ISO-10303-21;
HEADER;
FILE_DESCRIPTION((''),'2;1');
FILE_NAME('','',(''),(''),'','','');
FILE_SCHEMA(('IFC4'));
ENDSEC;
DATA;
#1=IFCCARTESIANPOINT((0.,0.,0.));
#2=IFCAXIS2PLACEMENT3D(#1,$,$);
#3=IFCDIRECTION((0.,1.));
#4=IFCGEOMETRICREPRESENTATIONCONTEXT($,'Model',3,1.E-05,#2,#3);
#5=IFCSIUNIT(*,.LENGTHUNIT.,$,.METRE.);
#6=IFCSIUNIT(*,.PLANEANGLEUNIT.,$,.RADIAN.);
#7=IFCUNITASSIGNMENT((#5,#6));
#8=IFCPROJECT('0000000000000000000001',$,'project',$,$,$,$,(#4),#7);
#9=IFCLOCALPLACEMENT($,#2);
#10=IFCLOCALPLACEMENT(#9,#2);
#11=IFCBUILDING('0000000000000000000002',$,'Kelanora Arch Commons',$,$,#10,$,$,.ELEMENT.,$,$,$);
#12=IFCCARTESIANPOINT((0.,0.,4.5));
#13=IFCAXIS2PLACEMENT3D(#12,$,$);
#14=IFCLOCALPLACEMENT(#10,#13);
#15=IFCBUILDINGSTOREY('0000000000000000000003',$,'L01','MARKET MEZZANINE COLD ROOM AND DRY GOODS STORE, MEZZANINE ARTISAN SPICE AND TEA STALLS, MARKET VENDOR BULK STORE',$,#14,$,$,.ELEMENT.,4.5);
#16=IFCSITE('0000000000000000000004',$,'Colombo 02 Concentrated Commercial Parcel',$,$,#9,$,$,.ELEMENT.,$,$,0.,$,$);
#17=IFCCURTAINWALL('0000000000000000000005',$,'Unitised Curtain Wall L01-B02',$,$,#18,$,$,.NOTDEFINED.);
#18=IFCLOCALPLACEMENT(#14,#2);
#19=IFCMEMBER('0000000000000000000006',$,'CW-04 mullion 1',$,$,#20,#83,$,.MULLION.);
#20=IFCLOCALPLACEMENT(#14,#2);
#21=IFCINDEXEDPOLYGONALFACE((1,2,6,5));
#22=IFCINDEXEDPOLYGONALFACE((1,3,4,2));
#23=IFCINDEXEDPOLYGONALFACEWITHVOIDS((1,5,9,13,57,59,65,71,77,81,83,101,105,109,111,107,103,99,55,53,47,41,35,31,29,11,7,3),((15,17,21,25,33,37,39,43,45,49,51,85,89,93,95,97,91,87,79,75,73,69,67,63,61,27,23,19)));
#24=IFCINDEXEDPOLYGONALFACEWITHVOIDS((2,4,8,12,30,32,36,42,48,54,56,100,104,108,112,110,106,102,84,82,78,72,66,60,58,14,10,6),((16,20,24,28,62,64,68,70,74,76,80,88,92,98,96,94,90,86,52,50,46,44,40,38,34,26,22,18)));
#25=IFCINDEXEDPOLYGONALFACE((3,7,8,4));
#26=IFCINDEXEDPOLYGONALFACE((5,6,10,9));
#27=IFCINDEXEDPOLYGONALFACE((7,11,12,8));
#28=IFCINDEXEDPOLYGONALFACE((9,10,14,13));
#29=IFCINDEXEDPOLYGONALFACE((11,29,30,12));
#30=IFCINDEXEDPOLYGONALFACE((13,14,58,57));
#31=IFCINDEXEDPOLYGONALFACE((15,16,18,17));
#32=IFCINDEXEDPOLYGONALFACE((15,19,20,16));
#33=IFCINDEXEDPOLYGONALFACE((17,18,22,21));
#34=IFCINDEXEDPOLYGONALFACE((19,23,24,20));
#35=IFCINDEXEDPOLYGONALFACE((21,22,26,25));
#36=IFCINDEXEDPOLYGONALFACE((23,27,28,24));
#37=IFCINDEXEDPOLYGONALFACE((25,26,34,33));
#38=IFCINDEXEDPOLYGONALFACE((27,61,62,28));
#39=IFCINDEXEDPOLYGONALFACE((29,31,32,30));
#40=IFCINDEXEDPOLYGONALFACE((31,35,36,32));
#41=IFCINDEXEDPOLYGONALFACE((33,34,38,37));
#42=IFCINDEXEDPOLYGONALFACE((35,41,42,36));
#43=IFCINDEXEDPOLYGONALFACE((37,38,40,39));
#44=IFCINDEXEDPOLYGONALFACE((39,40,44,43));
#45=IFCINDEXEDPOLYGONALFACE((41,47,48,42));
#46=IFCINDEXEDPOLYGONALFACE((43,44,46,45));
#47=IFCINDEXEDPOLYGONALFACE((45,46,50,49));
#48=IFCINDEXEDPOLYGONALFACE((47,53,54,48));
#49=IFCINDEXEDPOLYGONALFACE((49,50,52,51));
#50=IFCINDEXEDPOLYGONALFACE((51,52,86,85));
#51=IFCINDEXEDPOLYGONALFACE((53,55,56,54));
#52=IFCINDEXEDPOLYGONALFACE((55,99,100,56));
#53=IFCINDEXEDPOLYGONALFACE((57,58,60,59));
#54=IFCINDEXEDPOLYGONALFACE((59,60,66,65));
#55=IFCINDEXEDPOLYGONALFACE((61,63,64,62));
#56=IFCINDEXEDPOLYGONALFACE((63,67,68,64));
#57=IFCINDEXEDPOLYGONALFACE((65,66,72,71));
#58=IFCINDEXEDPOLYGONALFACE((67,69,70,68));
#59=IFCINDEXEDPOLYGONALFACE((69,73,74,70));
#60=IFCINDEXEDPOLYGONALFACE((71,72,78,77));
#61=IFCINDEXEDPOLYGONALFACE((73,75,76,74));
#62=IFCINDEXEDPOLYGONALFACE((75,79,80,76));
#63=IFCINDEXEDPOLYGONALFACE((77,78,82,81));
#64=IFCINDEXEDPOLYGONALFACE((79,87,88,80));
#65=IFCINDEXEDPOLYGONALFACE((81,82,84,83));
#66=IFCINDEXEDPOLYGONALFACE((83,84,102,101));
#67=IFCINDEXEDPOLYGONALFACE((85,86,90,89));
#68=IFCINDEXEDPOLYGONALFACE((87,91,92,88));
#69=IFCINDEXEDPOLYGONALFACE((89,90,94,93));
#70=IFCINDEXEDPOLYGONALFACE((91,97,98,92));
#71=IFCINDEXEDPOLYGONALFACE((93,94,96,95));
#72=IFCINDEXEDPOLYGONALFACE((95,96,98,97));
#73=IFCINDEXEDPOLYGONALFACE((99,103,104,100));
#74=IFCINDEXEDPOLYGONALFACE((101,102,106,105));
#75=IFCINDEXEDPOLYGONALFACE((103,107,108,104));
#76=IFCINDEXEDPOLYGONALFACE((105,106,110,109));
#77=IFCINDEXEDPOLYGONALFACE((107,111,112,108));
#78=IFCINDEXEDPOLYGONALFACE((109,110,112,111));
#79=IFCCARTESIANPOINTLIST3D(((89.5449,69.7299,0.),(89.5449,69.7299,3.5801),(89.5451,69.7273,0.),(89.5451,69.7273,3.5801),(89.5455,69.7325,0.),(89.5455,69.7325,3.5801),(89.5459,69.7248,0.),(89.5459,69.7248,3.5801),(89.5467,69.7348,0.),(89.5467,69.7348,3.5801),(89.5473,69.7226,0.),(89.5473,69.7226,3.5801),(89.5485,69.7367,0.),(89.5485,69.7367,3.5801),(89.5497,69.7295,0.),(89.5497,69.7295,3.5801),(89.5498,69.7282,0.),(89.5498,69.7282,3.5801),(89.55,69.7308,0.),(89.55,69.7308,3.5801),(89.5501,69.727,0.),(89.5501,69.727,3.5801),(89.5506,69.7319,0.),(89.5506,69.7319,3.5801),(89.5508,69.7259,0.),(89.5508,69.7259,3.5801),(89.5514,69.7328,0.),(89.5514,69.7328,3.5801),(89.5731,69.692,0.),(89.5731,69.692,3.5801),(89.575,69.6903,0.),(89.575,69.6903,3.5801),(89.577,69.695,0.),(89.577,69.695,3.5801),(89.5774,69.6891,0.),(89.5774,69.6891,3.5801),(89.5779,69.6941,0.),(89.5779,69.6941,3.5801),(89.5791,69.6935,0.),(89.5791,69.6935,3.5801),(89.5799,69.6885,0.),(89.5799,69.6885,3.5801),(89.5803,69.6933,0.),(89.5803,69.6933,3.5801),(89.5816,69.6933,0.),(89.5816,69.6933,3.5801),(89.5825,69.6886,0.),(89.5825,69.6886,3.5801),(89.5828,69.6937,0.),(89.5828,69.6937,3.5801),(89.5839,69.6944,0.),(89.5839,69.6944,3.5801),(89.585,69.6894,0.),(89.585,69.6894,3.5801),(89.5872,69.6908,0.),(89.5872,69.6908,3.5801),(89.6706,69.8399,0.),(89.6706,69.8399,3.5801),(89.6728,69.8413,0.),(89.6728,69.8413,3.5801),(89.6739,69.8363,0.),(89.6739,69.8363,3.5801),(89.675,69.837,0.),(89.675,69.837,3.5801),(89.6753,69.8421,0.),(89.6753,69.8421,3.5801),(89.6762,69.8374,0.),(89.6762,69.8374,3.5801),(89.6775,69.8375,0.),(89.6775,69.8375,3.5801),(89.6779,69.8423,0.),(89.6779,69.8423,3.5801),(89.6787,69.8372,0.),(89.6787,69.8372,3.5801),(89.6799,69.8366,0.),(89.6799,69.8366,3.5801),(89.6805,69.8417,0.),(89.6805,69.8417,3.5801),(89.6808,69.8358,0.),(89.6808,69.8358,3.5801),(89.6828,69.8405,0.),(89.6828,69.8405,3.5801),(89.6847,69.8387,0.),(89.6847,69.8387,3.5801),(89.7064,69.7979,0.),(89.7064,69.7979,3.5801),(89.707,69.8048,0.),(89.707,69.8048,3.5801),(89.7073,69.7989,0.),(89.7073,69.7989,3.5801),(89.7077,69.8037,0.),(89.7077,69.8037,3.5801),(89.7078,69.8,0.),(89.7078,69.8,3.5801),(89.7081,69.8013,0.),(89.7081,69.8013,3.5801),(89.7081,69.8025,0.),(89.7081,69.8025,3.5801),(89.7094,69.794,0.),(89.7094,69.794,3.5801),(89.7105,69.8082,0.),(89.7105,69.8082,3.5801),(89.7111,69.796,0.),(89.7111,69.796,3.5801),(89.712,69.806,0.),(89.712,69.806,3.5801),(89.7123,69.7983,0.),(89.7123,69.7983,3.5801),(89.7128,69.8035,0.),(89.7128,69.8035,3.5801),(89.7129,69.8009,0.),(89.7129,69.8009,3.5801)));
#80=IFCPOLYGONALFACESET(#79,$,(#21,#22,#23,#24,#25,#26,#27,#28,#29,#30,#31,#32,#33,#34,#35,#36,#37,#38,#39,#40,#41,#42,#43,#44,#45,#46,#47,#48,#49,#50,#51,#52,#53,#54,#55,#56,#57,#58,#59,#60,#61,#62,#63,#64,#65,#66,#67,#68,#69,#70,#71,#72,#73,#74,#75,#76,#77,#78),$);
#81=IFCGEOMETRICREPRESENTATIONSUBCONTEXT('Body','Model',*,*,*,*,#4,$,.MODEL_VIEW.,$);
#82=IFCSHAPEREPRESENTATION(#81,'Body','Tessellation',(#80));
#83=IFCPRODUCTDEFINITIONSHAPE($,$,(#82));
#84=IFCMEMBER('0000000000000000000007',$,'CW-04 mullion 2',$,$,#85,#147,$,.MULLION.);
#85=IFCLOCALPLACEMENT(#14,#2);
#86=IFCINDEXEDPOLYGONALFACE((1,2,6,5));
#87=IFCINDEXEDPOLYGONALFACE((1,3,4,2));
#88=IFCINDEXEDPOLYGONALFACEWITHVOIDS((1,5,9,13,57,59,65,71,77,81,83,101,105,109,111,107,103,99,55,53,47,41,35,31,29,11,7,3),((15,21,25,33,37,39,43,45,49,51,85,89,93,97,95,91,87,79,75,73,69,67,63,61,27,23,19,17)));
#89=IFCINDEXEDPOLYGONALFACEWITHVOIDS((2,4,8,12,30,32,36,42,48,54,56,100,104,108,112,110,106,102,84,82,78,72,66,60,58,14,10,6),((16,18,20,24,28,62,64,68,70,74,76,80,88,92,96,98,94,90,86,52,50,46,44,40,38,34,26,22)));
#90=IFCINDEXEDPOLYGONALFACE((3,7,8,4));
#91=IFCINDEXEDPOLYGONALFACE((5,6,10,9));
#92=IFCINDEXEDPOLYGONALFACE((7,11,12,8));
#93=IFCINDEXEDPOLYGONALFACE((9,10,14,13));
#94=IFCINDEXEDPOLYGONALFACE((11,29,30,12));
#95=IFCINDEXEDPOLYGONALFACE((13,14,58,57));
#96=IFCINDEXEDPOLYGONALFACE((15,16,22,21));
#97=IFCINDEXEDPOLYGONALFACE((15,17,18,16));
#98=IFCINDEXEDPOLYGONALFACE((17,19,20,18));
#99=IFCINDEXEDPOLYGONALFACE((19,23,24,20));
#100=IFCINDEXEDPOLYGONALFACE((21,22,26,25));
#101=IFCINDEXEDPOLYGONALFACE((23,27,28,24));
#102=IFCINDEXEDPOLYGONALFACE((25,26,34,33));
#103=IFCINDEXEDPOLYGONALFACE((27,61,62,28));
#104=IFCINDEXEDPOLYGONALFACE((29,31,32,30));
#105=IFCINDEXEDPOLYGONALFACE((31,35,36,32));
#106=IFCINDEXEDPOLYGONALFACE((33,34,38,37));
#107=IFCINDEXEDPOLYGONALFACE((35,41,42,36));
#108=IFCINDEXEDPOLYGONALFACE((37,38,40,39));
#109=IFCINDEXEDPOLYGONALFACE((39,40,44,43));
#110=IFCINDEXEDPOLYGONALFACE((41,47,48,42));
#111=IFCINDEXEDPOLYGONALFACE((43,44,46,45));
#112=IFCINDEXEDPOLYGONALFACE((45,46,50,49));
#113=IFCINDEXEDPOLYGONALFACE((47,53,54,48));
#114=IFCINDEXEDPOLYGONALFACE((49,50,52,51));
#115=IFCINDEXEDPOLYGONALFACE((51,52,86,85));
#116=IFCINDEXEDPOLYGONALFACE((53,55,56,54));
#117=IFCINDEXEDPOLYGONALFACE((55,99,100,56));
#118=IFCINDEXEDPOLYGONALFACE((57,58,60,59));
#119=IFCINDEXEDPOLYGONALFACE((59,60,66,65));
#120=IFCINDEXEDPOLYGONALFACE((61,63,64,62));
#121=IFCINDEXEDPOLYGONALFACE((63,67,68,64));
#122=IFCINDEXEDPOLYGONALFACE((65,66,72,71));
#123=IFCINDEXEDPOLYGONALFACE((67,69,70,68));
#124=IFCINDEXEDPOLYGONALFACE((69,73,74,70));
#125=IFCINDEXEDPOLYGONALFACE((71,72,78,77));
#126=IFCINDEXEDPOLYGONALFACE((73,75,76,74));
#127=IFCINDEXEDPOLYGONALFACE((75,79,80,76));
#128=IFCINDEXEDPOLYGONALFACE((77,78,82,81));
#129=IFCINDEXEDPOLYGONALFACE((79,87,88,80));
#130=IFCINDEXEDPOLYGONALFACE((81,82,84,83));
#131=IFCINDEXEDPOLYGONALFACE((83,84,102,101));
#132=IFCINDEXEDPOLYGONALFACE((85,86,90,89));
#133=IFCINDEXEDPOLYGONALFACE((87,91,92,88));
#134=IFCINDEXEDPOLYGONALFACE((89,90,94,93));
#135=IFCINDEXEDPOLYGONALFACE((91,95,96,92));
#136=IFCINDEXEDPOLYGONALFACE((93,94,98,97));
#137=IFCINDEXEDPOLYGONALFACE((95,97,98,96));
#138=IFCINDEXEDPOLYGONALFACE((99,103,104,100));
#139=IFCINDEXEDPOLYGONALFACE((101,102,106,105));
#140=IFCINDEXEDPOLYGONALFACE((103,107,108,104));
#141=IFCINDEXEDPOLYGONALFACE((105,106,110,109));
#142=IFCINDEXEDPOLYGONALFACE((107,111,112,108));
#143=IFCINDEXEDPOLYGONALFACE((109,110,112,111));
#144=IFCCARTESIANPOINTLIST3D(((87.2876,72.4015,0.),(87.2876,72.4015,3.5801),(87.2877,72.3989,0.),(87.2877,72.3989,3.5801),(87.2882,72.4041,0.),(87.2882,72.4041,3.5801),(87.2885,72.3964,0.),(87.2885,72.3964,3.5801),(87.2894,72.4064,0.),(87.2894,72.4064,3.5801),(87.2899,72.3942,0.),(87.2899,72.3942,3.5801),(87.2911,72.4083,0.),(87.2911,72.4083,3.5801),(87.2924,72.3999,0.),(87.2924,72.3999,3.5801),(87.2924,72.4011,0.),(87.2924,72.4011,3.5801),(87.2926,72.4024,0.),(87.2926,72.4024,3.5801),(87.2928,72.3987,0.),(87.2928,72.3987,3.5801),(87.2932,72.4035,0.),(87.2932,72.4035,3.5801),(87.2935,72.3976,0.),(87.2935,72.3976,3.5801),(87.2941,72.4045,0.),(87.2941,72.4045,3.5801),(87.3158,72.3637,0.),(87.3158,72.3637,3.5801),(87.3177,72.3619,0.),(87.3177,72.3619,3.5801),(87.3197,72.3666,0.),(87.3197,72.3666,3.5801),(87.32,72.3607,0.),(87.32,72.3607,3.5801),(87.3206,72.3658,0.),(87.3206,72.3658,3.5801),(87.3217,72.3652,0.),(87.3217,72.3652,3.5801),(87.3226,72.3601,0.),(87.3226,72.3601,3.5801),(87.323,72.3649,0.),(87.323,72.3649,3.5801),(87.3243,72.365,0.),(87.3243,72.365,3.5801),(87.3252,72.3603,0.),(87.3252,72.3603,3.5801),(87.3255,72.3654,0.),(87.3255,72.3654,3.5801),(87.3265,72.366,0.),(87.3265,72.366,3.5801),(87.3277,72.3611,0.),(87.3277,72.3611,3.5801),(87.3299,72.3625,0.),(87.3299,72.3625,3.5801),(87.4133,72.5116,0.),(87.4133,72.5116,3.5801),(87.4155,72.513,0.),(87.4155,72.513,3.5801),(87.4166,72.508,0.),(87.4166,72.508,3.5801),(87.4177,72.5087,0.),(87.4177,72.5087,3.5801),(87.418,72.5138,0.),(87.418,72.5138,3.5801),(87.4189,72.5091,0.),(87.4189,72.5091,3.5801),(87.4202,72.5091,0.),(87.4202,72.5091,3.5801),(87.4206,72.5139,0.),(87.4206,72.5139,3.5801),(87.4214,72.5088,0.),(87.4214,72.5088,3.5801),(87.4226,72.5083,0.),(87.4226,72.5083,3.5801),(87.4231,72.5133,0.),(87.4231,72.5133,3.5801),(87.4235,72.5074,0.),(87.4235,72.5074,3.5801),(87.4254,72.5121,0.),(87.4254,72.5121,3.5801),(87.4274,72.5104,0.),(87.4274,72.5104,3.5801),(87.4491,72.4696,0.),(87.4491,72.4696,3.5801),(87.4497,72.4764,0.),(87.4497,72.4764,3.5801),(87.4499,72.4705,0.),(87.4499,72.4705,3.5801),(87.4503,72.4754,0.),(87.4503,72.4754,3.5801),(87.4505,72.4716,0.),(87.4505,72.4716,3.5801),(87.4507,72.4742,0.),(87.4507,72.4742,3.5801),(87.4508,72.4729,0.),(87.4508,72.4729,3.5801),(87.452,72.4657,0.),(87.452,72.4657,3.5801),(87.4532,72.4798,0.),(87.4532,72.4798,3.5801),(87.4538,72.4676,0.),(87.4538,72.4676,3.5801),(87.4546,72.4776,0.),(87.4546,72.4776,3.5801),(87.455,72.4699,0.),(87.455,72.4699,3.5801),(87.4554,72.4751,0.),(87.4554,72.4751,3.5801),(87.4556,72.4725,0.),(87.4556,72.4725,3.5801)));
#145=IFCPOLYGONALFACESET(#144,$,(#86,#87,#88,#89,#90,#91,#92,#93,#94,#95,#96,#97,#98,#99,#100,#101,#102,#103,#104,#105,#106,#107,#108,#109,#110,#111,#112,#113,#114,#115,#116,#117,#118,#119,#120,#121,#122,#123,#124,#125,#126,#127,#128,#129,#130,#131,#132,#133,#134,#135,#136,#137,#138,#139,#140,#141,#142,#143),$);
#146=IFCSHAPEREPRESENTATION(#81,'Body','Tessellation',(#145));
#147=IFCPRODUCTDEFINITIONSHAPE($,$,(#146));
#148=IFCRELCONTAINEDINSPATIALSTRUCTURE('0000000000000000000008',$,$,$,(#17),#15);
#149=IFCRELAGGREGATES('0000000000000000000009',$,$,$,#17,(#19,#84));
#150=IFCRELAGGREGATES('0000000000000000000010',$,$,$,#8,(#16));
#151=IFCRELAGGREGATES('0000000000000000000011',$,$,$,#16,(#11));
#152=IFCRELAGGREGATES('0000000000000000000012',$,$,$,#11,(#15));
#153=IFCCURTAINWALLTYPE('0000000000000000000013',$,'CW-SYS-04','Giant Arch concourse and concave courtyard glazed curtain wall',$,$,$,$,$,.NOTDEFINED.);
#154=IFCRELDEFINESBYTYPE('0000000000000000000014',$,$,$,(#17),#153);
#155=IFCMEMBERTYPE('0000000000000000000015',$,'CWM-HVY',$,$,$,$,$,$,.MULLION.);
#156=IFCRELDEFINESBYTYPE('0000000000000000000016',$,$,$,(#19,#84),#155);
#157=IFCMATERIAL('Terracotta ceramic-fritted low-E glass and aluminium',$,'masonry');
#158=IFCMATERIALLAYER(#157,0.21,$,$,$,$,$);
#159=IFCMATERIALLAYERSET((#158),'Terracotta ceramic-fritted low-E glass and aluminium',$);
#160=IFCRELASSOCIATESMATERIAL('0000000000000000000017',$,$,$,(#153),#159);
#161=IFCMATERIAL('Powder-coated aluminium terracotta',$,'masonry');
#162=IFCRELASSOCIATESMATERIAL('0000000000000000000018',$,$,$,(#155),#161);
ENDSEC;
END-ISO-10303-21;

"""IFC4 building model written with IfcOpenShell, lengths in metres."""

from ifc_helpers import new_model, si_unit, direction, frame, origin, origin_2d, place, context, subcontext, project, spatial, hollow_rectangle, extrude, material, layer, layer_set, material_profile, profile_set, type_object, element, aggregate, save


model = new_model("IFC4")

# Units and contexts
model_context = context("Model", 3, precision=1e-05, world=origin(), true_north=direction((0.0, 1.0)))
body_context = subcontext(model_context, "Body", "Model", "MODEL_VIEW")
ifc_project = project(units=[si_unit("LENGTHUNIT", "METRE"), si_unit("PLANEANGLEUNIT", "RADIAN")], contexts=[model_context])

# Site, building, storey
site_placement = place(None, origin())
site = spatial("IfcSite", under=ifc_project, at=site_placement, Name="Colombo 02 Concentrated Commercial Parcel", CompositionType="ELEMENT", RefElevation=0.0)
building_placement = place(site_placement, origin())
building = spatial("IfcBuilding", under=site, at=building_placement, Name="Kelanora Arch Commons", CompositionType="ELEMENT")
storey_placement = place(building_placement, frame((0.0, 0.0, 4.5)))
storey = spatial("IfcBuildingStorey", under=building, at=storey_placement, Name="L01", Description="MARKET MEZZANINE COLD ROOM AND DRY GOODS STORE, MEZZANINE ARTISAN SPICE AND TEA STALLS, MARKET VENDOR BULK STORE", CompositionType="ELEMENT", Elevation=4.5)

# Curtain wall, members
ifc_material_1 = material(Name="Terracotta ceramic-fritted low-E glass and aluminium", Category="masonry")
ifc_layer_1 = layer(ifc_material_1, 0.21)
ifc_layer_set_1 = layer_set([ifc_layer_1], Name="Terracotta ceramic-fritted low-E glass and aluminium")
curtain_wall_type = type_object("IfcCurtainWallType", Name="CW-SYS-04", Description="Giant Arch concourse and concave courtyard glazed curtain wall", PredefinedType="NOTDEFINED", material=ifc_layer_set_1)
ifc_material_2 = material(Name="Powder-coated aluminium terracotta", Category="masonry")
ifc_material_profile_1 = material_profile(ifc_material_2, hollow_rectangle(XDim=0.1799, YDim=0.0601, WallThickness=0.0049, InnerFilletRadius=0.0049, OuterFilletRadius=0.01, at=origin_2d()), Name="CWM180x60")
ifc_profile_set_1 = profile_set([ifc_material_profile_1], Name="Powder-coated aluminium terracotta")
member_type_1 = type_object("IfcMemberType", Name="CWM-HVY", PredefinedType="MULLION", material=ifc_profile_set_1)
curtain_wall_1_placement = place(storey_placement, origin())
curtain_wall_1 = element("IfcCurtainWall", 1, at=curtain_wall_1_placement, inside=storey, type_object=curtain_wall_type, Name="Unitised Curtain Wall L01-B02", PredefinedType="NOTDEFINED")
member_1_placement = place(storey_placement, frame((89.6289, 69.7654, 0.0), z_axis=(0.0, 0.0, 1.0), x_axis=(-0.763855, -0.645388, 0.0)))
member_1 = element("IfcMember", 2, at=member_1_placement, type_object=member_type_1, Name="CW-04 mullion 1", PredefinedType="MULLION", context=body_context, shape_type="SweptSolid", body=[
    extrude(hollow_rectangle(XDim=0.1799, YDim=0.0601, WallThickness=0.0049, InnerFilletRadius=0.0049, OuterFilletRadius=0.01, at=origin_2d()), origin(), (0.0, 0.0, 1.0), 3.5801),
])
member_2_placement = place(storey_placement, frame((87.3716, 72.437, 0.0), z_axis=(0.0, 0.0, 1.0), x_axis=(-0.763855, -0.645388, 0.0)))
member_2 = element("IfcMember", 3, at=member_2_placement, type_object=member_type_1, Name="CW-04 mullion 2", PredefinedType="MULLION", context=body_context, shape_type="SweptSolid", body=[
    extrude(hollow_rectangle(XDim=0.1799, YDim=0.0601, WallThickness=0.0049, InnerFilletRadius=0.0049, OuterFilletRadius=0.01, at=origin_2d()), origin(), (0.0, 0.0, 1.0), 3.5801),
])

aggregate(curtain_wall_1, [member_1, member_2])

save(model, "model.ifc")
